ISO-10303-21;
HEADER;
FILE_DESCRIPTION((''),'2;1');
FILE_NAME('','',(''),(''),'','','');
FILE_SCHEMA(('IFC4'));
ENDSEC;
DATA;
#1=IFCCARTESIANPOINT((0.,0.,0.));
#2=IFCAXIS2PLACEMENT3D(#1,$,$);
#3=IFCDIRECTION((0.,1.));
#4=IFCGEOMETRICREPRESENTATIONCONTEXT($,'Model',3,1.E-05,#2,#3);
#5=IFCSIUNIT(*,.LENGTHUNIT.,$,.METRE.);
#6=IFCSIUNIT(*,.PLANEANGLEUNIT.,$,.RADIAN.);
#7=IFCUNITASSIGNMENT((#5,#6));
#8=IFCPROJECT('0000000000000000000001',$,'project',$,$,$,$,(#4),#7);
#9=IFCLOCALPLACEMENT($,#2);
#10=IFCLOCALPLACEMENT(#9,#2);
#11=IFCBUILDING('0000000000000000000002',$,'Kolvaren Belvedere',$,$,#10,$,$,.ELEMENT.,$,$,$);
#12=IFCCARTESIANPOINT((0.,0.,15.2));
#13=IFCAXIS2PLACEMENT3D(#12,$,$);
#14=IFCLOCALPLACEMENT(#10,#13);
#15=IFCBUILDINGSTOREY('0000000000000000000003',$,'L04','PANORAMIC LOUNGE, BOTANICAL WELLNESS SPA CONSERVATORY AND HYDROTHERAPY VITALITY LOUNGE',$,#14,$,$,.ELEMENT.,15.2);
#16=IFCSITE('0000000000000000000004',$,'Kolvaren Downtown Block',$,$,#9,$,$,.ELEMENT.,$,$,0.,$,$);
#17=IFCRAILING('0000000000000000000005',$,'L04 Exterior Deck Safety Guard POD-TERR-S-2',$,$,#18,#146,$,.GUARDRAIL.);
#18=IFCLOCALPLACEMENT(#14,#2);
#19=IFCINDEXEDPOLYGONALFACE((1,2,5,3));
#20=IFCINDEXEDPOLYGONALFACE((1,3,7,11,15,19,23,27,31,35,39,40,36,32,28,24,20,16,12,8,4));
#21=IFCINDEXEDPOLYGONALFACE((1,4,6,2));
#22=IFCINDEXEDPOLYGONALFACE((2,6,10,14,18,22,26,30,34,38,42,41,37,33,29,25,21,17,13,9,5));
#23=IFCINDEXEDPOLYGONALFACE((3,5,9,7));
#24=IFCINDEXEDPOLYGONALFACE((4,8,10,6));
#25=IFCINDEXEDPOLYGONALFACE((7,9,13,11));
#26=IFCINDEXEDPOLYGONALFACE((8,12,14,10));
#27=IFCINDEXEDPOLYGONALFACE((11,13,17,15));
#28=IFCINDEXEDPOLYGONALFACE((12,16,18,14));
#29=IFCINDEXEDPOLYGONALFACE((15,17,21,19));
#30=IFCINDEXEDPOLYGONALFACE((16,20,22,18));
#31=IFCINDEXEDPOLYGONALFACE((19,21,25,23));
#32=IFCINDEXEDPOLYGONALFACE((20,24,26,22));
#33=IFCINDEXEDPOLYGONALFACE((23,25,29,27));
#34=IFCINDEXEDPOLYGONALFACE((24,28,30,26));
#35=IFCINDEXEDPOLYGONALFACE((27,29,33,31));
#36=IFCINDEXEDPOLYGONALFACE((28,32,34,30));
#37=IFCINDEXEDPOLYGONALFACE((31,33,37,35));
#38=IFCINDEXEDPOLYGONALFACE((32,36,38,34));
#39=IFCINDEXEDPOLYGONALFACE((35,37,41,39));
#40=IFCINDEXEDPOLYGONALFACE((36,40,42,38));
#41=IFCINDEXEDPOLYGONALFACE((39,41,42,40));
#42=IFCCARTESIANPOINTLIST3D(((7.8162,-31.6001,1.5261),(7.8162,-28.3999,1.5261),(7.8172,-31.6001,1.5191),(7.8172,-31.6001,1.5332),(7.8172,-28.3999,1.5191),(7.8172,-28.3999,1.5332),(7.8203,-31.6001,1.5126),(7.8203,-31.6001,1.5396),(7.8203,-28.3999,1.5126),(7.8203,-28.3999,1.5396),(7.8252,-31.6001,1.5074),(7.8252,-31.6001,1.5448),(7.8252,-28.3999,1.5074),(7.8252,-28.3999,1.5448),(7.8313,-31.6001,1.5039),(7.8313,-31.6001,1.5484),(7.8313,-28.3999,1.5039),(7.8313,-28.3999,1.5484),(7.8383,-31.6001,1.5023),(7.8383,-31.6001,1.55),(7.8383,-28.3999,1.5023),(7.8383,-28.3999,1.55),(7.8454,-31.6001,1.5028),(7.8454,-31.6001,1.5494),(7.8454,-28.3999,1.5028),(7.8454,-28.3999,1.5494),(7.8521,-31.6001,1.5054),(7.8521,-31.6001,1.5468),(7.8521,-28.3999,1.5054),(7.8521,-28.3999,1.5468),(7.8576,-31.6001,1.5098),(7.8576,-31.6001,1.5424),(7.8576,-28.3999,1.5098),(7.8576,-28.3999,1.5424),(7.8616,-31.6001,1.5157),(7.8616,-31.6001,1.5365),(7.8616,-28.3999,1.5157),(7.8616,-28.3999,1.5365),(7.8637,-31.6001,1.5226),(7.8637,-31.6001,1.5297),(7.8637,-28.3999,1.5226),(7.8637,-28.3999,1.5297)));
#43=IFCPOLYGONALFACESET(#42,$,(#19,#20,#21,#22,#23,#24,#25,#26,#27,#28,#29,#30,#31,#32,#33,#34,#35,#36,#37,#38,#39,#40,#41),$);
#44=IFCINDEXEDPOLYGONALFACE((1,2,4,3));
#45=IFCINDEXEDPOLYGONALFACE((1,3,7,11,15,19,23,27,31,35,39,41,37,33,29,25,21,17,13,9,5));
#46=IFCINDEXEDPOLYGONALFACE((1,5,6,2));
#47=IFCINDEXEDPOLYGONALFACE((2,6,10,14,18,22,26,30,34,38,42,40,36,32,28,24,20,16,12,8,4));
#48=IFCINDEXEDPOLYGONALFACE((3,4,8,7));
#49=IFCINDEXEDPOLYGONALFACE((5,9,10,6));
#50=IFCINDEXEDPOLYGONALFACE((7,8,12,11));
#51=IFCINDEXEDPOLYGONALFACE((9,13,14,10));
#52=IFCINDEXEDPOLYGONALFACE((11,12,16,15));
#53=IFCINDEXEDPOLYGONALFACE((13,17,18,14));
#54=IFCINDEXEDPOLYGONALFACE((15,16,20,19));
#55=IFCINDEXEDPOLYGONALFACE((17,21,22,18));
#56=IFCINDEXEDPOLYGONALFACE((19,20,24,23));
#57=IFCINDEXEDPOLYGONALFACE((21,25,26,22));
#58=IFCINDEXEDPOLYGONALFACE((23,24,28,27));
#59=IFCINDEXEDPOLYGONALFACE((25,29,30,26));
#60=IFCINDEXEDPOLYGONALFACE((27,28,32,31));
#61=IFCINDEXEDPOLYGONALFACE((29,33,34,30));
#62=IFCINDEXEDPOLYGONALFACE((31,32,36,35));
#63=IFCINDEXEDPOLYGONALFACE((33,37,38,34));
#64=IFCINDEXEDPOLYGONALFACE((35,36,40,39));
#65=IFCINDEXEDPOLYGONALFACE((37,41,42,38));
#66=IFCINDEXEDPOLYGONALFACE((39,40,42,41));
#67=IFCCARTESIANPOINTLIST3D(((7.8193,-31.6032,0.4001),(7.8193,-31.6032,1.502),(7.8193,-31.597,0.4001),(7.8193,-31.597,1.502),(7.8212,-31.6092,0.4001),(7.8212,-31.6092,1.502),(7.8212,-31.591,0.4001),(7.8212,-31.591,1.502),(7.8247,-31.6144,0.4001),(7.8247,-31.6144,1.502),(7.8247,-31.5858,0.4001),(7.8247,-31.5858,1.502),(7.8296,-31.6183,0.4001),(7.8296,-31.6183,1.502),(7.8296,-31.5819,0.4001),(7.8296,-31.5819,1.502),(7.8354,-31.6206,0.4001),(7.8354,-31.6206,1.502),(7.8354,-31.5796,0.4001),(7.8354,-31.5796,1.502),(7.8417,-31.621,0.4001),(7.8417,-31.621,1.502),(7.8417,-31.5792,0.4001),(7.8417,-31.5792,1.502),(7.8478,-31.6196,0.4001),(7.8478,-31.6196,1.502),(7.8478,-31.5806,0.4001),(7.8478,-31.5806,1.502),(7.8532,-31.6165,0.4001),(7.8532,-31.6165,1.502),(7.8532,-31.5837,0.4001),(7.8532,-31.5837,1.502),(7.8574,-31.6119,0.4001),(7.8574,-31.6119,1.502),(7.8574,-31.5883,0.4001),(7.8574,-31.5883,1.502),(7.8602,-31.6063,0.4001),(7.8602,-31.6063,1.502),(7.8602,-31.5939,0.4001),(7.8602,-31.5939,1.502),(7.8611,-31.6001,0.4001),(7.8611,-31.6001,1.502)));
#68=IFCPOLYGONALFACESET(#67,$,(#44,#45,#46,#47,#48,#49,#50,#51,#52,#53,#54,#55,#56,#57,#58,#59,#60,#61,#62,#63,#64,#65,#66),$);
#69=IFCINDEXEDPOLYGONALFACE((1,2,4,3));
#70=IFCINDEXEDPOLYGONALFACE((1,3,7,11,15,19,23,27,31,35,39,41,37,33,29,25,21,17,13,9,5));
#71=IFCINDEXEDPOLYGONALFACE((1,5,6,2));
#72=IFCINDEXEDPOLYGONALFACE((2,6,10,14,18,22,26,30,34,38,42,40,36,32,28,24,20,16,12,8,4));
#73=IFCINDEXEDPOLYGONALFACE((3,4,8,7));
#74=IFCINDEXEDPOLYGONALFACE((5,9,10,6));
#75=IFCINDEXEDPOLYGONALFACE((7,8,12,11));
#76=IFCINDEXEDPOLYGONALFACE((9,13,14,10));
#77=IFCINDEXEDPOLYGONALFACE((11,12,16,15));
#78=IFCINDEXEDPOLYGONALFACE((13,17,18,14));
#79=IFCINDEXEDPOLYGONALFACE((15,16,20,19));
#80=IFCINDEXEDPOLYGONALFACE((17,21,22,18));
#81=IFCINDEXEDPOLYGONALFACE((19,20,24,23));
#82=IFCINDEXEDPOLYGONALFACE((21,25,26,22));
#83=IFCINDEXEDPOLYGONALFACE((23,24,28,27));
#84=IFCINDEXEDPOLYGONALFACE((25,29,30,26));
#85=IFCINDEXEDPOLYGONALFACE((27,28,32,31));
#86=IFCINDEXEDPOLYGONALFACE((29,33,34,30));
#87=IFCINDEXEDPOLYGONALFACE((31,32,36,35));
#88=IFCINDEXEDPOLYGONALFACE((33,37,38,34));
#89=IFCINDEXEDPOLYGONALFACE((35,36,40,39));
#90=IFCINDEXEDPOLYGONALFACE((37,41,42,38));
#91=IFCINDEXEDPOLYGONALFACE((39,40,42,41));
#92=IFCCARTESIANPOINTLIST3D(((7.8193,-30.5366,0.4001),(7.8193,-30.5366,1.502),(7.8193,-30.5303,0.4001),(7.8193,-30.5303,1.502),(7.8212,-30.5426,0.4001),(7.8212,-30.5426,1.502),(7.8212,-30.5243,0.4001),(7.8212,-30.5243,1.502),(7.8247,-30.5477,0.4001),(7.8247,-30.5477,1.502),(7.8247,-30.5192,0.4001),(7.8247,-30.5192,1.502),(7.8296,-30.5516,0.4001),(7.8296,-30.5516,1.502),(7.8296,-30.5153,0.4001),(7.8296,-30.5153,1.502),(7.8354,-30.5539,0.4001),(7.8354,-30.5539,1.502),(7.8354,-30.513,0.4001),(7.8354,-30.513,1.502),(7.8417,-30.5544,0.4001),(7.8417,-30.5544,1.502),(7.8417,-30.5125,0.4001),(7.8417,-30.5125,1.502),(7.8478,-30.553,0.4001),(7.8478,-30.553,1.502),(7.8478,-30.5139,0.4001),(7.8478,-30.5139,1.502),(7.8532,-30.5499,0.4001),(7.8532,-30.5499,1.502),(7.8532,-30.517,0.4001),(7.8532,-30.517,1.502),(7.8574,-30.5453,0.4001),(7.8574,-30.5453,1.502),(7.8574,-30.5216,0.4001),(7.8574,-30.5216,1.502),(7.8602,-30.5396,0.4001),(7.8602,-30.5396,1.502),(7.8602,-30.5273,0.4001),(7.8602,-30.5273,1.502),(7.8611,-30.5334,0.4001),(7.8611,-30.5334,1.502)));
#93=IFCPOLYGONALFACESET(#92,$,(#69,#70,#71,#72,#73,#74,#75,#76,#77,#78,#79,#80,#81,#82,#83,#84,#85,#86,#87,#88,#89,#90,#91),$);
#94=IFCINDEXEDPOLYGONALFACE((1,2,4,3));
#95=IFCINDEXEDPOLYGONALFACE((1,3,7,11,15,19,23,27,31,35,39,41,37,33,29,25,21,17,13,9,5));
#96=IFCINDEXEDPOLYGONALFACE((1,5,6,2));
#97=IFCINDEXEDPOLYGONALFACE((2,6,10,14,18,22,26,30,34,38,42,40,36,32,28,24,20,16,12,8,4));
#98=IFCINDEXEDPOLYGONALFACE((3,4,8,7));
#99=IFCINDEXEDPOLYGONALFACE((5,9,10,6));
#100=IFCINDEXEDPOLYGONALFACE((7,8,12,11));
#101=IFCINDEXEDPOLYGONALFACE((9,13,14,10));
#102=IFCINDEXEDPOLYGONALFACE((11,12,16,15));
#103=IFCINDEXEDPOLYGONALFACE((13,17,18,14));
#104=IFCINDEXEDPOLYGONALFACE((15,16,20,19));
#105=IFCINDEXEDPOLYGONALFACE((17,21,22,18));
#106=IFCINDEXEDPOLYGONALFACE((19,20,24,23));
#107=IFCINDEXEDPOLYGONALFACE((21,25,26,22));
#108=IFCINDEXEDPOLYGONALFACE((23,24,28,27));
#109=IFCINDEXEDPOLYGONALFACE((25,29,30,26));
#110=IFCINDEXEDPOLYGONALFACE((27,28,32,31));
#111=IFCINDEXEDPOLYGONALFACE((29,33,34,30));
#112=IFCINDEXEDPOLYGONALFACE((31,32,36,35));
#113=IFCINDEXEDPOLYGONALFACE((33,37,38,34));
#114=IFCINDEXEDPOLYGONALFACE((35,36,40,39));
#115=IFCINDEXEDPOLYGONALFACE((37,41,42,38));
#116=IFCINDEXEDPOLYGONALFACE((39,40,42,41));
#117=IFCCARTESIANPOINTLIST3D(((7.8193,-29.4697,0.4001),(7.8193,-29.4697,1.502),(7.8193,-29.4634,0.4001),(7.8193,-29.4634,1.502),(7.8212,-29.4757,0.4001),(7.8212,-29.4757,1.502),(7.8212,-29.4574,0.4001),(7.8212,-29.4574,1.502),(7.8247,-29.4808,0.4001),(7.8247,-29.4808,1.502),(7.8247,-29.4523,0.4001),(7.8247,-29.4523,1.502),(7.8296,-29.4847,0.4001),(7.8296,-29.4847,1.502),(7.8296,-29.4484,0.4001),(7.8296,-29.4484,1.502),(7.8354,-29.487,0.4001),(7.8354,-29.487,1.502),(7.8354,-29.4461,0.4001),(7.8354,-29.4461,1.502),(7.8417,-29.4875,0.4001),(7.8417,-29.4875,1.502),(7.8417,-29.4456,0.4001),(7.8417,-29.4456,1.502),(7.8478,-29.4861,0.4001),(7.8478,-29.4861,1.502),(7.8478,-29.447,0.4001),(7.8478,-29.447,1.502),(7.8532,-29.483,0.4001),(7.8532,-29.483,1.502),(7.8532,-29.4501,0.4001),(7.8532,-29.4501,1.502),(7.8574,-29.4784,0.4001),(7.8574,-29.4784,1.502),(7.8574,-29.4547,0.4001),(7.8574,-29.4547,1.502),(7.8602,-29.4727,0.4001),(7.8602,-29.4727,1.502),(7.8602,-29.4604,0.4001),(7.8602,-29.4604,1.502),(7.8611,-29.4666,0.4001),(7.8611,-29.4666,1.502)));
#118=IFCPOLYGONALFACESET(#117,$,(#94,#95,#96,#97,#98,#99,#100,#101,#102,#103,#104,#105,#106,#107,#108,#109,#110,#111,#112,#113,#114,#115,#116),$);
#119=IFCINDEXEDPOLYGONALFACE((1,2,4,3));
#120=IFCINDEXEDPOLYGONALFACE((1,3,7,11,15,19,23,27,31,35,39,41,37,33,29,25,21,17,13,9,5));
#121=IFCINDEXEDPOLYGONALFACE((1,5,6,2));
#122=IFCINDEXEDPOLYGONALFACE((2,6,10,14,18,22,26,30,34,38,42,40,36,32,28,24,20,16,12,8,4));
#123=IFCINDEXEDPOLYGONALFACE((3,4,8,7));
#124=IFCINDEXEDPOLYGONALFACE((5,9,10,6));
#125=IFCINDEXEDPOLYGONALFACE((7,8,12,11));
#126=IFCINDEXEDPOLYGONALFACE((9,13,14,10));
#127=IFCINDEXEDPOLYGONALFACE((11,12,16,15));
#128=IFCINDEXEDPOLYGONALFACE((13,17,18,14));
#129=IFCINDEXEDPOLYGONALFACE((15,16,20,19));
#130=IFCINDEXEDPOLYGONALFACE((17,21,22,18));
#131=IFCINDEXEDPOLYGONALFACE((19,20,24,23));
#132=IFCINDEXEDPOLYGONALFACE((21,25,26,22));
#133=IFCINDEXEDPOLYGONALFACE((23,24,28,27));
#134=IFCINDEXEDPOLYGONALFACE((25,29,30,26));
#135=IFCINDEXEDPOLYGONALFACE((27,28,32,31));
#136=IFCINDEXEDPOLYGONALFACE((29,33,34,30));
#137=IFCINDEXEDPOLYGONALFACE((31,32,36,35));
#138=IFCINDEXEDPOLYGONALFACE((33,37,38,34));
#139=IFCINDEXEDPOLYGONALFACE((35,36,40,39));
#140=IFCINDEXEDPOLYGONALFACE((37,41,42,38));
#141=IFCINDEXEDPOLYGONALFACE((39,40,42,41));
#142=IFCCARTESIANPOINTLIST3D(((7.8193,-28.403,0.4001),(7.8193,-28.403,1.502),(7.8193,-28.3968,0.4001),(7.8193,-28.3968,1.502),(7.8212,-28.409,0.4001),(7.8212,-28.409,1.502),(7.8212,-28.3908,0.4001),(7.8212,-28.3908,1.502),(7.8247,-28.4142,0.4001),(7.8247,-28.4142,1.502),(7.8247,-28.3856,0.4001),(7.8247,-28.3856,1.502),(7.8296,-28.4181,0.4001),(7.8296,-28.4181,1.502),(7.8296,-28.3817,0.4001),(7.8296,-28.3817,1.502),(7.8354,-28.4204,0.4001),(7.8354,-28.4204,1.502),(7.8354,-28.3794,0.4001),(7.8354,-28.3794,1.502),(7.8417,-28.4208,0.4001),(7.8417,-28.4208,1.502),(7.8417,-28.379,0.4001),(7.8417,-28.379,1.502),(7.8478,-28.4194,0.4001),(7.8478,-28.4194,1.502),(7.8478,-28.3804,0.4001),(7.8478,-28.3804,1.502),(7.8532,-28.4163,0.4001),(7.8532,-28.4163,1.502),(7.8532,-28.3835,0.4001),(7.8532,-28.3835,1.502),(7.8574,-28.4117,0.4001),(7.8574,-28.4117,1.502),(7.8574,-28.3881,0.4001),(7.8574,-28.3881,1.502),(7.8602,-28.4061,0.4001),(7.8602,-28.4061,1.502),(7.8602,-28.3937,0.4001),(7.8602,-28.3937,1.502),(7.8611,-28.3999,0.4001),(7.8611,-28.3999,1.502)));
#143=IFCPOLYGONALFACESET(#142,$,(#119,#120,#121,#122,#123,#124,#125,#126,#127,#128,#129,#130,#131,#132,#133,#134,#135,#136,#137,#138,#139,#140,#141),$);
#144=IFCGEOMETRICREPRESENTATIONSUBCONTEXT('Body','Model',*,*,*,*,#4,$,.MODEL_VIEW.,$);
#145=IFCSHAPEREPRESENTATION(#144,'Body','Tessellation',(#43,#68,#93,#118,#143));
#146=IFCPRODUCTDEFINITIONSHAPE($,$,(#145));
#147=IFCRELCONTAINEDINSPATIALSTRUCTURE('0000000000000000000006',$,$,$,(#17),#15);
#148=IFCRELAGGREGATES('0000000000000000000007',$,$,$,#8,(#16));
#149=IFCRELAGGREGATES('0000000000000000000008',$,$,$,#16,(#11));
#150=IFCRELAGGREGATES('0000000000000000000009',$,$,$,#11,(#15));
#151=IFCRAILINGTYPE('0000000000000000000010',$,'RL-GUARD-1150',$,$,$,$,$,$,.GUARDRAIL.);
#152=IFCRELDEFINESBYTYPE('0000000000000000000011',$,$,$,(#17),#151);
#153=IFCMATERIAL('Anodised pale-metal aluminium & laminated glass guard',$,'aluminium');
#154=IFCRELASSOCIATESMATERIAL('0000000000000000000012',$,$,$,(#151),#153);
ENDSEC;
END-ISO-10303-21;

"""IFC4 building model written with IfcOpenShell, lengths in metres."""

from ifc_helpers import new_model, si_unit, direction, frame, origin, origin_2d, place, context, subcontext, project, spatial, circle, extrude, material, type_object, element, save


model = new_model("IFC4")

# Units and contexts
model_context = context("Model", 3, precision=1e-05, world=origin(), true_north=direction((0.0, 1.0)))
body_context = subcontext(model_context, "Body", "Model", "MODEL_VIEW")
ifc_project = project(units=[si_unit("LENGTHUNIT", "METRE"), si_unit("PLANEANGLEUNIT", "RADIAN")], contexts=[model_context])

# Site, building, storey
site_placement = place(None, origin())
site = spatial("IfcSite", under=ifc_project, at=site_placement, Name="Kolvaren Downtown Block", CompositionType="ELEMENT", RefElevation=0.0)
building_placement = place(site_placement, origin())
building = spatial("IfcBuilding", under=site, at=building_placement, Name="Kolvaren Belvedere", CompositionType="ELEMENT")
storey_placement = place(building_placement, frame((0.0, 0.0, 15.2)))
storey = spatial("IfcBuildingStorey", under=building, at=storey_placement, Name="L04", Description="PANORAMIC LOUNGE, BOTANICAL WELLNESS SPA CONSERVATORY AND HYDROTHERAPY VITALITY LOUNGE", CompositionType="ELEMENT", Elevation=15.2)

# Railing
ifc_material_1 = material(Name="Anodised pale-metal aluminium & laminated glass guard", Category="aluminium")
railing_type = type_object("IfcRailingType", Name="RL-GUARD-1150", PredefinedType="GUARDRAIL", material=ifc_material_1)
railing_placement = place(storey_placement, frame((7.8401, -31.6001, 0.4001)))
element("IfcRailing", 1, at=railing_placement, inside=storey, type_object=railing_type, Name="L04 Exterior Deck Safety Guard POD-TERR-S-2", PredefinedType="GUARDRAIL", context=body_context, shape_type="SweptSolid", body=[
    extrude(circle(Radius=0.0239, at=origin_2d()), frame((0.0, 0.0, 1.126), z_axis=(0.0, 1.0, 0.0), x_axis=(-1.0, 0.0, 0.0)), (0.0, 0.0, 1.0), 3.2002),
    extrude(circle(Radius=0.021, at=origin_2d()), origin(), (0.0, 0.0, 1.0), 1.1018),
    extrude(circle(Radius=0.021, at=origin_2d()), frame((0.0, 1.0667, 0.0)), (0.0, 0.0, 1.0), 1.1018),
    extrude(circle(Radius=0.021, at=origin_2d()), frame((0.0, 2.1335, 0.0)), (0.0, 0.0, 1.0), 1.1018),
    extrude(circle(Radius=0.021, at=origin_2d()), frame((0.0, 3.2002, 0.0)), (0.0, 0.0, 1.0), 1.1018),
])

save(model, "model.ifc")
